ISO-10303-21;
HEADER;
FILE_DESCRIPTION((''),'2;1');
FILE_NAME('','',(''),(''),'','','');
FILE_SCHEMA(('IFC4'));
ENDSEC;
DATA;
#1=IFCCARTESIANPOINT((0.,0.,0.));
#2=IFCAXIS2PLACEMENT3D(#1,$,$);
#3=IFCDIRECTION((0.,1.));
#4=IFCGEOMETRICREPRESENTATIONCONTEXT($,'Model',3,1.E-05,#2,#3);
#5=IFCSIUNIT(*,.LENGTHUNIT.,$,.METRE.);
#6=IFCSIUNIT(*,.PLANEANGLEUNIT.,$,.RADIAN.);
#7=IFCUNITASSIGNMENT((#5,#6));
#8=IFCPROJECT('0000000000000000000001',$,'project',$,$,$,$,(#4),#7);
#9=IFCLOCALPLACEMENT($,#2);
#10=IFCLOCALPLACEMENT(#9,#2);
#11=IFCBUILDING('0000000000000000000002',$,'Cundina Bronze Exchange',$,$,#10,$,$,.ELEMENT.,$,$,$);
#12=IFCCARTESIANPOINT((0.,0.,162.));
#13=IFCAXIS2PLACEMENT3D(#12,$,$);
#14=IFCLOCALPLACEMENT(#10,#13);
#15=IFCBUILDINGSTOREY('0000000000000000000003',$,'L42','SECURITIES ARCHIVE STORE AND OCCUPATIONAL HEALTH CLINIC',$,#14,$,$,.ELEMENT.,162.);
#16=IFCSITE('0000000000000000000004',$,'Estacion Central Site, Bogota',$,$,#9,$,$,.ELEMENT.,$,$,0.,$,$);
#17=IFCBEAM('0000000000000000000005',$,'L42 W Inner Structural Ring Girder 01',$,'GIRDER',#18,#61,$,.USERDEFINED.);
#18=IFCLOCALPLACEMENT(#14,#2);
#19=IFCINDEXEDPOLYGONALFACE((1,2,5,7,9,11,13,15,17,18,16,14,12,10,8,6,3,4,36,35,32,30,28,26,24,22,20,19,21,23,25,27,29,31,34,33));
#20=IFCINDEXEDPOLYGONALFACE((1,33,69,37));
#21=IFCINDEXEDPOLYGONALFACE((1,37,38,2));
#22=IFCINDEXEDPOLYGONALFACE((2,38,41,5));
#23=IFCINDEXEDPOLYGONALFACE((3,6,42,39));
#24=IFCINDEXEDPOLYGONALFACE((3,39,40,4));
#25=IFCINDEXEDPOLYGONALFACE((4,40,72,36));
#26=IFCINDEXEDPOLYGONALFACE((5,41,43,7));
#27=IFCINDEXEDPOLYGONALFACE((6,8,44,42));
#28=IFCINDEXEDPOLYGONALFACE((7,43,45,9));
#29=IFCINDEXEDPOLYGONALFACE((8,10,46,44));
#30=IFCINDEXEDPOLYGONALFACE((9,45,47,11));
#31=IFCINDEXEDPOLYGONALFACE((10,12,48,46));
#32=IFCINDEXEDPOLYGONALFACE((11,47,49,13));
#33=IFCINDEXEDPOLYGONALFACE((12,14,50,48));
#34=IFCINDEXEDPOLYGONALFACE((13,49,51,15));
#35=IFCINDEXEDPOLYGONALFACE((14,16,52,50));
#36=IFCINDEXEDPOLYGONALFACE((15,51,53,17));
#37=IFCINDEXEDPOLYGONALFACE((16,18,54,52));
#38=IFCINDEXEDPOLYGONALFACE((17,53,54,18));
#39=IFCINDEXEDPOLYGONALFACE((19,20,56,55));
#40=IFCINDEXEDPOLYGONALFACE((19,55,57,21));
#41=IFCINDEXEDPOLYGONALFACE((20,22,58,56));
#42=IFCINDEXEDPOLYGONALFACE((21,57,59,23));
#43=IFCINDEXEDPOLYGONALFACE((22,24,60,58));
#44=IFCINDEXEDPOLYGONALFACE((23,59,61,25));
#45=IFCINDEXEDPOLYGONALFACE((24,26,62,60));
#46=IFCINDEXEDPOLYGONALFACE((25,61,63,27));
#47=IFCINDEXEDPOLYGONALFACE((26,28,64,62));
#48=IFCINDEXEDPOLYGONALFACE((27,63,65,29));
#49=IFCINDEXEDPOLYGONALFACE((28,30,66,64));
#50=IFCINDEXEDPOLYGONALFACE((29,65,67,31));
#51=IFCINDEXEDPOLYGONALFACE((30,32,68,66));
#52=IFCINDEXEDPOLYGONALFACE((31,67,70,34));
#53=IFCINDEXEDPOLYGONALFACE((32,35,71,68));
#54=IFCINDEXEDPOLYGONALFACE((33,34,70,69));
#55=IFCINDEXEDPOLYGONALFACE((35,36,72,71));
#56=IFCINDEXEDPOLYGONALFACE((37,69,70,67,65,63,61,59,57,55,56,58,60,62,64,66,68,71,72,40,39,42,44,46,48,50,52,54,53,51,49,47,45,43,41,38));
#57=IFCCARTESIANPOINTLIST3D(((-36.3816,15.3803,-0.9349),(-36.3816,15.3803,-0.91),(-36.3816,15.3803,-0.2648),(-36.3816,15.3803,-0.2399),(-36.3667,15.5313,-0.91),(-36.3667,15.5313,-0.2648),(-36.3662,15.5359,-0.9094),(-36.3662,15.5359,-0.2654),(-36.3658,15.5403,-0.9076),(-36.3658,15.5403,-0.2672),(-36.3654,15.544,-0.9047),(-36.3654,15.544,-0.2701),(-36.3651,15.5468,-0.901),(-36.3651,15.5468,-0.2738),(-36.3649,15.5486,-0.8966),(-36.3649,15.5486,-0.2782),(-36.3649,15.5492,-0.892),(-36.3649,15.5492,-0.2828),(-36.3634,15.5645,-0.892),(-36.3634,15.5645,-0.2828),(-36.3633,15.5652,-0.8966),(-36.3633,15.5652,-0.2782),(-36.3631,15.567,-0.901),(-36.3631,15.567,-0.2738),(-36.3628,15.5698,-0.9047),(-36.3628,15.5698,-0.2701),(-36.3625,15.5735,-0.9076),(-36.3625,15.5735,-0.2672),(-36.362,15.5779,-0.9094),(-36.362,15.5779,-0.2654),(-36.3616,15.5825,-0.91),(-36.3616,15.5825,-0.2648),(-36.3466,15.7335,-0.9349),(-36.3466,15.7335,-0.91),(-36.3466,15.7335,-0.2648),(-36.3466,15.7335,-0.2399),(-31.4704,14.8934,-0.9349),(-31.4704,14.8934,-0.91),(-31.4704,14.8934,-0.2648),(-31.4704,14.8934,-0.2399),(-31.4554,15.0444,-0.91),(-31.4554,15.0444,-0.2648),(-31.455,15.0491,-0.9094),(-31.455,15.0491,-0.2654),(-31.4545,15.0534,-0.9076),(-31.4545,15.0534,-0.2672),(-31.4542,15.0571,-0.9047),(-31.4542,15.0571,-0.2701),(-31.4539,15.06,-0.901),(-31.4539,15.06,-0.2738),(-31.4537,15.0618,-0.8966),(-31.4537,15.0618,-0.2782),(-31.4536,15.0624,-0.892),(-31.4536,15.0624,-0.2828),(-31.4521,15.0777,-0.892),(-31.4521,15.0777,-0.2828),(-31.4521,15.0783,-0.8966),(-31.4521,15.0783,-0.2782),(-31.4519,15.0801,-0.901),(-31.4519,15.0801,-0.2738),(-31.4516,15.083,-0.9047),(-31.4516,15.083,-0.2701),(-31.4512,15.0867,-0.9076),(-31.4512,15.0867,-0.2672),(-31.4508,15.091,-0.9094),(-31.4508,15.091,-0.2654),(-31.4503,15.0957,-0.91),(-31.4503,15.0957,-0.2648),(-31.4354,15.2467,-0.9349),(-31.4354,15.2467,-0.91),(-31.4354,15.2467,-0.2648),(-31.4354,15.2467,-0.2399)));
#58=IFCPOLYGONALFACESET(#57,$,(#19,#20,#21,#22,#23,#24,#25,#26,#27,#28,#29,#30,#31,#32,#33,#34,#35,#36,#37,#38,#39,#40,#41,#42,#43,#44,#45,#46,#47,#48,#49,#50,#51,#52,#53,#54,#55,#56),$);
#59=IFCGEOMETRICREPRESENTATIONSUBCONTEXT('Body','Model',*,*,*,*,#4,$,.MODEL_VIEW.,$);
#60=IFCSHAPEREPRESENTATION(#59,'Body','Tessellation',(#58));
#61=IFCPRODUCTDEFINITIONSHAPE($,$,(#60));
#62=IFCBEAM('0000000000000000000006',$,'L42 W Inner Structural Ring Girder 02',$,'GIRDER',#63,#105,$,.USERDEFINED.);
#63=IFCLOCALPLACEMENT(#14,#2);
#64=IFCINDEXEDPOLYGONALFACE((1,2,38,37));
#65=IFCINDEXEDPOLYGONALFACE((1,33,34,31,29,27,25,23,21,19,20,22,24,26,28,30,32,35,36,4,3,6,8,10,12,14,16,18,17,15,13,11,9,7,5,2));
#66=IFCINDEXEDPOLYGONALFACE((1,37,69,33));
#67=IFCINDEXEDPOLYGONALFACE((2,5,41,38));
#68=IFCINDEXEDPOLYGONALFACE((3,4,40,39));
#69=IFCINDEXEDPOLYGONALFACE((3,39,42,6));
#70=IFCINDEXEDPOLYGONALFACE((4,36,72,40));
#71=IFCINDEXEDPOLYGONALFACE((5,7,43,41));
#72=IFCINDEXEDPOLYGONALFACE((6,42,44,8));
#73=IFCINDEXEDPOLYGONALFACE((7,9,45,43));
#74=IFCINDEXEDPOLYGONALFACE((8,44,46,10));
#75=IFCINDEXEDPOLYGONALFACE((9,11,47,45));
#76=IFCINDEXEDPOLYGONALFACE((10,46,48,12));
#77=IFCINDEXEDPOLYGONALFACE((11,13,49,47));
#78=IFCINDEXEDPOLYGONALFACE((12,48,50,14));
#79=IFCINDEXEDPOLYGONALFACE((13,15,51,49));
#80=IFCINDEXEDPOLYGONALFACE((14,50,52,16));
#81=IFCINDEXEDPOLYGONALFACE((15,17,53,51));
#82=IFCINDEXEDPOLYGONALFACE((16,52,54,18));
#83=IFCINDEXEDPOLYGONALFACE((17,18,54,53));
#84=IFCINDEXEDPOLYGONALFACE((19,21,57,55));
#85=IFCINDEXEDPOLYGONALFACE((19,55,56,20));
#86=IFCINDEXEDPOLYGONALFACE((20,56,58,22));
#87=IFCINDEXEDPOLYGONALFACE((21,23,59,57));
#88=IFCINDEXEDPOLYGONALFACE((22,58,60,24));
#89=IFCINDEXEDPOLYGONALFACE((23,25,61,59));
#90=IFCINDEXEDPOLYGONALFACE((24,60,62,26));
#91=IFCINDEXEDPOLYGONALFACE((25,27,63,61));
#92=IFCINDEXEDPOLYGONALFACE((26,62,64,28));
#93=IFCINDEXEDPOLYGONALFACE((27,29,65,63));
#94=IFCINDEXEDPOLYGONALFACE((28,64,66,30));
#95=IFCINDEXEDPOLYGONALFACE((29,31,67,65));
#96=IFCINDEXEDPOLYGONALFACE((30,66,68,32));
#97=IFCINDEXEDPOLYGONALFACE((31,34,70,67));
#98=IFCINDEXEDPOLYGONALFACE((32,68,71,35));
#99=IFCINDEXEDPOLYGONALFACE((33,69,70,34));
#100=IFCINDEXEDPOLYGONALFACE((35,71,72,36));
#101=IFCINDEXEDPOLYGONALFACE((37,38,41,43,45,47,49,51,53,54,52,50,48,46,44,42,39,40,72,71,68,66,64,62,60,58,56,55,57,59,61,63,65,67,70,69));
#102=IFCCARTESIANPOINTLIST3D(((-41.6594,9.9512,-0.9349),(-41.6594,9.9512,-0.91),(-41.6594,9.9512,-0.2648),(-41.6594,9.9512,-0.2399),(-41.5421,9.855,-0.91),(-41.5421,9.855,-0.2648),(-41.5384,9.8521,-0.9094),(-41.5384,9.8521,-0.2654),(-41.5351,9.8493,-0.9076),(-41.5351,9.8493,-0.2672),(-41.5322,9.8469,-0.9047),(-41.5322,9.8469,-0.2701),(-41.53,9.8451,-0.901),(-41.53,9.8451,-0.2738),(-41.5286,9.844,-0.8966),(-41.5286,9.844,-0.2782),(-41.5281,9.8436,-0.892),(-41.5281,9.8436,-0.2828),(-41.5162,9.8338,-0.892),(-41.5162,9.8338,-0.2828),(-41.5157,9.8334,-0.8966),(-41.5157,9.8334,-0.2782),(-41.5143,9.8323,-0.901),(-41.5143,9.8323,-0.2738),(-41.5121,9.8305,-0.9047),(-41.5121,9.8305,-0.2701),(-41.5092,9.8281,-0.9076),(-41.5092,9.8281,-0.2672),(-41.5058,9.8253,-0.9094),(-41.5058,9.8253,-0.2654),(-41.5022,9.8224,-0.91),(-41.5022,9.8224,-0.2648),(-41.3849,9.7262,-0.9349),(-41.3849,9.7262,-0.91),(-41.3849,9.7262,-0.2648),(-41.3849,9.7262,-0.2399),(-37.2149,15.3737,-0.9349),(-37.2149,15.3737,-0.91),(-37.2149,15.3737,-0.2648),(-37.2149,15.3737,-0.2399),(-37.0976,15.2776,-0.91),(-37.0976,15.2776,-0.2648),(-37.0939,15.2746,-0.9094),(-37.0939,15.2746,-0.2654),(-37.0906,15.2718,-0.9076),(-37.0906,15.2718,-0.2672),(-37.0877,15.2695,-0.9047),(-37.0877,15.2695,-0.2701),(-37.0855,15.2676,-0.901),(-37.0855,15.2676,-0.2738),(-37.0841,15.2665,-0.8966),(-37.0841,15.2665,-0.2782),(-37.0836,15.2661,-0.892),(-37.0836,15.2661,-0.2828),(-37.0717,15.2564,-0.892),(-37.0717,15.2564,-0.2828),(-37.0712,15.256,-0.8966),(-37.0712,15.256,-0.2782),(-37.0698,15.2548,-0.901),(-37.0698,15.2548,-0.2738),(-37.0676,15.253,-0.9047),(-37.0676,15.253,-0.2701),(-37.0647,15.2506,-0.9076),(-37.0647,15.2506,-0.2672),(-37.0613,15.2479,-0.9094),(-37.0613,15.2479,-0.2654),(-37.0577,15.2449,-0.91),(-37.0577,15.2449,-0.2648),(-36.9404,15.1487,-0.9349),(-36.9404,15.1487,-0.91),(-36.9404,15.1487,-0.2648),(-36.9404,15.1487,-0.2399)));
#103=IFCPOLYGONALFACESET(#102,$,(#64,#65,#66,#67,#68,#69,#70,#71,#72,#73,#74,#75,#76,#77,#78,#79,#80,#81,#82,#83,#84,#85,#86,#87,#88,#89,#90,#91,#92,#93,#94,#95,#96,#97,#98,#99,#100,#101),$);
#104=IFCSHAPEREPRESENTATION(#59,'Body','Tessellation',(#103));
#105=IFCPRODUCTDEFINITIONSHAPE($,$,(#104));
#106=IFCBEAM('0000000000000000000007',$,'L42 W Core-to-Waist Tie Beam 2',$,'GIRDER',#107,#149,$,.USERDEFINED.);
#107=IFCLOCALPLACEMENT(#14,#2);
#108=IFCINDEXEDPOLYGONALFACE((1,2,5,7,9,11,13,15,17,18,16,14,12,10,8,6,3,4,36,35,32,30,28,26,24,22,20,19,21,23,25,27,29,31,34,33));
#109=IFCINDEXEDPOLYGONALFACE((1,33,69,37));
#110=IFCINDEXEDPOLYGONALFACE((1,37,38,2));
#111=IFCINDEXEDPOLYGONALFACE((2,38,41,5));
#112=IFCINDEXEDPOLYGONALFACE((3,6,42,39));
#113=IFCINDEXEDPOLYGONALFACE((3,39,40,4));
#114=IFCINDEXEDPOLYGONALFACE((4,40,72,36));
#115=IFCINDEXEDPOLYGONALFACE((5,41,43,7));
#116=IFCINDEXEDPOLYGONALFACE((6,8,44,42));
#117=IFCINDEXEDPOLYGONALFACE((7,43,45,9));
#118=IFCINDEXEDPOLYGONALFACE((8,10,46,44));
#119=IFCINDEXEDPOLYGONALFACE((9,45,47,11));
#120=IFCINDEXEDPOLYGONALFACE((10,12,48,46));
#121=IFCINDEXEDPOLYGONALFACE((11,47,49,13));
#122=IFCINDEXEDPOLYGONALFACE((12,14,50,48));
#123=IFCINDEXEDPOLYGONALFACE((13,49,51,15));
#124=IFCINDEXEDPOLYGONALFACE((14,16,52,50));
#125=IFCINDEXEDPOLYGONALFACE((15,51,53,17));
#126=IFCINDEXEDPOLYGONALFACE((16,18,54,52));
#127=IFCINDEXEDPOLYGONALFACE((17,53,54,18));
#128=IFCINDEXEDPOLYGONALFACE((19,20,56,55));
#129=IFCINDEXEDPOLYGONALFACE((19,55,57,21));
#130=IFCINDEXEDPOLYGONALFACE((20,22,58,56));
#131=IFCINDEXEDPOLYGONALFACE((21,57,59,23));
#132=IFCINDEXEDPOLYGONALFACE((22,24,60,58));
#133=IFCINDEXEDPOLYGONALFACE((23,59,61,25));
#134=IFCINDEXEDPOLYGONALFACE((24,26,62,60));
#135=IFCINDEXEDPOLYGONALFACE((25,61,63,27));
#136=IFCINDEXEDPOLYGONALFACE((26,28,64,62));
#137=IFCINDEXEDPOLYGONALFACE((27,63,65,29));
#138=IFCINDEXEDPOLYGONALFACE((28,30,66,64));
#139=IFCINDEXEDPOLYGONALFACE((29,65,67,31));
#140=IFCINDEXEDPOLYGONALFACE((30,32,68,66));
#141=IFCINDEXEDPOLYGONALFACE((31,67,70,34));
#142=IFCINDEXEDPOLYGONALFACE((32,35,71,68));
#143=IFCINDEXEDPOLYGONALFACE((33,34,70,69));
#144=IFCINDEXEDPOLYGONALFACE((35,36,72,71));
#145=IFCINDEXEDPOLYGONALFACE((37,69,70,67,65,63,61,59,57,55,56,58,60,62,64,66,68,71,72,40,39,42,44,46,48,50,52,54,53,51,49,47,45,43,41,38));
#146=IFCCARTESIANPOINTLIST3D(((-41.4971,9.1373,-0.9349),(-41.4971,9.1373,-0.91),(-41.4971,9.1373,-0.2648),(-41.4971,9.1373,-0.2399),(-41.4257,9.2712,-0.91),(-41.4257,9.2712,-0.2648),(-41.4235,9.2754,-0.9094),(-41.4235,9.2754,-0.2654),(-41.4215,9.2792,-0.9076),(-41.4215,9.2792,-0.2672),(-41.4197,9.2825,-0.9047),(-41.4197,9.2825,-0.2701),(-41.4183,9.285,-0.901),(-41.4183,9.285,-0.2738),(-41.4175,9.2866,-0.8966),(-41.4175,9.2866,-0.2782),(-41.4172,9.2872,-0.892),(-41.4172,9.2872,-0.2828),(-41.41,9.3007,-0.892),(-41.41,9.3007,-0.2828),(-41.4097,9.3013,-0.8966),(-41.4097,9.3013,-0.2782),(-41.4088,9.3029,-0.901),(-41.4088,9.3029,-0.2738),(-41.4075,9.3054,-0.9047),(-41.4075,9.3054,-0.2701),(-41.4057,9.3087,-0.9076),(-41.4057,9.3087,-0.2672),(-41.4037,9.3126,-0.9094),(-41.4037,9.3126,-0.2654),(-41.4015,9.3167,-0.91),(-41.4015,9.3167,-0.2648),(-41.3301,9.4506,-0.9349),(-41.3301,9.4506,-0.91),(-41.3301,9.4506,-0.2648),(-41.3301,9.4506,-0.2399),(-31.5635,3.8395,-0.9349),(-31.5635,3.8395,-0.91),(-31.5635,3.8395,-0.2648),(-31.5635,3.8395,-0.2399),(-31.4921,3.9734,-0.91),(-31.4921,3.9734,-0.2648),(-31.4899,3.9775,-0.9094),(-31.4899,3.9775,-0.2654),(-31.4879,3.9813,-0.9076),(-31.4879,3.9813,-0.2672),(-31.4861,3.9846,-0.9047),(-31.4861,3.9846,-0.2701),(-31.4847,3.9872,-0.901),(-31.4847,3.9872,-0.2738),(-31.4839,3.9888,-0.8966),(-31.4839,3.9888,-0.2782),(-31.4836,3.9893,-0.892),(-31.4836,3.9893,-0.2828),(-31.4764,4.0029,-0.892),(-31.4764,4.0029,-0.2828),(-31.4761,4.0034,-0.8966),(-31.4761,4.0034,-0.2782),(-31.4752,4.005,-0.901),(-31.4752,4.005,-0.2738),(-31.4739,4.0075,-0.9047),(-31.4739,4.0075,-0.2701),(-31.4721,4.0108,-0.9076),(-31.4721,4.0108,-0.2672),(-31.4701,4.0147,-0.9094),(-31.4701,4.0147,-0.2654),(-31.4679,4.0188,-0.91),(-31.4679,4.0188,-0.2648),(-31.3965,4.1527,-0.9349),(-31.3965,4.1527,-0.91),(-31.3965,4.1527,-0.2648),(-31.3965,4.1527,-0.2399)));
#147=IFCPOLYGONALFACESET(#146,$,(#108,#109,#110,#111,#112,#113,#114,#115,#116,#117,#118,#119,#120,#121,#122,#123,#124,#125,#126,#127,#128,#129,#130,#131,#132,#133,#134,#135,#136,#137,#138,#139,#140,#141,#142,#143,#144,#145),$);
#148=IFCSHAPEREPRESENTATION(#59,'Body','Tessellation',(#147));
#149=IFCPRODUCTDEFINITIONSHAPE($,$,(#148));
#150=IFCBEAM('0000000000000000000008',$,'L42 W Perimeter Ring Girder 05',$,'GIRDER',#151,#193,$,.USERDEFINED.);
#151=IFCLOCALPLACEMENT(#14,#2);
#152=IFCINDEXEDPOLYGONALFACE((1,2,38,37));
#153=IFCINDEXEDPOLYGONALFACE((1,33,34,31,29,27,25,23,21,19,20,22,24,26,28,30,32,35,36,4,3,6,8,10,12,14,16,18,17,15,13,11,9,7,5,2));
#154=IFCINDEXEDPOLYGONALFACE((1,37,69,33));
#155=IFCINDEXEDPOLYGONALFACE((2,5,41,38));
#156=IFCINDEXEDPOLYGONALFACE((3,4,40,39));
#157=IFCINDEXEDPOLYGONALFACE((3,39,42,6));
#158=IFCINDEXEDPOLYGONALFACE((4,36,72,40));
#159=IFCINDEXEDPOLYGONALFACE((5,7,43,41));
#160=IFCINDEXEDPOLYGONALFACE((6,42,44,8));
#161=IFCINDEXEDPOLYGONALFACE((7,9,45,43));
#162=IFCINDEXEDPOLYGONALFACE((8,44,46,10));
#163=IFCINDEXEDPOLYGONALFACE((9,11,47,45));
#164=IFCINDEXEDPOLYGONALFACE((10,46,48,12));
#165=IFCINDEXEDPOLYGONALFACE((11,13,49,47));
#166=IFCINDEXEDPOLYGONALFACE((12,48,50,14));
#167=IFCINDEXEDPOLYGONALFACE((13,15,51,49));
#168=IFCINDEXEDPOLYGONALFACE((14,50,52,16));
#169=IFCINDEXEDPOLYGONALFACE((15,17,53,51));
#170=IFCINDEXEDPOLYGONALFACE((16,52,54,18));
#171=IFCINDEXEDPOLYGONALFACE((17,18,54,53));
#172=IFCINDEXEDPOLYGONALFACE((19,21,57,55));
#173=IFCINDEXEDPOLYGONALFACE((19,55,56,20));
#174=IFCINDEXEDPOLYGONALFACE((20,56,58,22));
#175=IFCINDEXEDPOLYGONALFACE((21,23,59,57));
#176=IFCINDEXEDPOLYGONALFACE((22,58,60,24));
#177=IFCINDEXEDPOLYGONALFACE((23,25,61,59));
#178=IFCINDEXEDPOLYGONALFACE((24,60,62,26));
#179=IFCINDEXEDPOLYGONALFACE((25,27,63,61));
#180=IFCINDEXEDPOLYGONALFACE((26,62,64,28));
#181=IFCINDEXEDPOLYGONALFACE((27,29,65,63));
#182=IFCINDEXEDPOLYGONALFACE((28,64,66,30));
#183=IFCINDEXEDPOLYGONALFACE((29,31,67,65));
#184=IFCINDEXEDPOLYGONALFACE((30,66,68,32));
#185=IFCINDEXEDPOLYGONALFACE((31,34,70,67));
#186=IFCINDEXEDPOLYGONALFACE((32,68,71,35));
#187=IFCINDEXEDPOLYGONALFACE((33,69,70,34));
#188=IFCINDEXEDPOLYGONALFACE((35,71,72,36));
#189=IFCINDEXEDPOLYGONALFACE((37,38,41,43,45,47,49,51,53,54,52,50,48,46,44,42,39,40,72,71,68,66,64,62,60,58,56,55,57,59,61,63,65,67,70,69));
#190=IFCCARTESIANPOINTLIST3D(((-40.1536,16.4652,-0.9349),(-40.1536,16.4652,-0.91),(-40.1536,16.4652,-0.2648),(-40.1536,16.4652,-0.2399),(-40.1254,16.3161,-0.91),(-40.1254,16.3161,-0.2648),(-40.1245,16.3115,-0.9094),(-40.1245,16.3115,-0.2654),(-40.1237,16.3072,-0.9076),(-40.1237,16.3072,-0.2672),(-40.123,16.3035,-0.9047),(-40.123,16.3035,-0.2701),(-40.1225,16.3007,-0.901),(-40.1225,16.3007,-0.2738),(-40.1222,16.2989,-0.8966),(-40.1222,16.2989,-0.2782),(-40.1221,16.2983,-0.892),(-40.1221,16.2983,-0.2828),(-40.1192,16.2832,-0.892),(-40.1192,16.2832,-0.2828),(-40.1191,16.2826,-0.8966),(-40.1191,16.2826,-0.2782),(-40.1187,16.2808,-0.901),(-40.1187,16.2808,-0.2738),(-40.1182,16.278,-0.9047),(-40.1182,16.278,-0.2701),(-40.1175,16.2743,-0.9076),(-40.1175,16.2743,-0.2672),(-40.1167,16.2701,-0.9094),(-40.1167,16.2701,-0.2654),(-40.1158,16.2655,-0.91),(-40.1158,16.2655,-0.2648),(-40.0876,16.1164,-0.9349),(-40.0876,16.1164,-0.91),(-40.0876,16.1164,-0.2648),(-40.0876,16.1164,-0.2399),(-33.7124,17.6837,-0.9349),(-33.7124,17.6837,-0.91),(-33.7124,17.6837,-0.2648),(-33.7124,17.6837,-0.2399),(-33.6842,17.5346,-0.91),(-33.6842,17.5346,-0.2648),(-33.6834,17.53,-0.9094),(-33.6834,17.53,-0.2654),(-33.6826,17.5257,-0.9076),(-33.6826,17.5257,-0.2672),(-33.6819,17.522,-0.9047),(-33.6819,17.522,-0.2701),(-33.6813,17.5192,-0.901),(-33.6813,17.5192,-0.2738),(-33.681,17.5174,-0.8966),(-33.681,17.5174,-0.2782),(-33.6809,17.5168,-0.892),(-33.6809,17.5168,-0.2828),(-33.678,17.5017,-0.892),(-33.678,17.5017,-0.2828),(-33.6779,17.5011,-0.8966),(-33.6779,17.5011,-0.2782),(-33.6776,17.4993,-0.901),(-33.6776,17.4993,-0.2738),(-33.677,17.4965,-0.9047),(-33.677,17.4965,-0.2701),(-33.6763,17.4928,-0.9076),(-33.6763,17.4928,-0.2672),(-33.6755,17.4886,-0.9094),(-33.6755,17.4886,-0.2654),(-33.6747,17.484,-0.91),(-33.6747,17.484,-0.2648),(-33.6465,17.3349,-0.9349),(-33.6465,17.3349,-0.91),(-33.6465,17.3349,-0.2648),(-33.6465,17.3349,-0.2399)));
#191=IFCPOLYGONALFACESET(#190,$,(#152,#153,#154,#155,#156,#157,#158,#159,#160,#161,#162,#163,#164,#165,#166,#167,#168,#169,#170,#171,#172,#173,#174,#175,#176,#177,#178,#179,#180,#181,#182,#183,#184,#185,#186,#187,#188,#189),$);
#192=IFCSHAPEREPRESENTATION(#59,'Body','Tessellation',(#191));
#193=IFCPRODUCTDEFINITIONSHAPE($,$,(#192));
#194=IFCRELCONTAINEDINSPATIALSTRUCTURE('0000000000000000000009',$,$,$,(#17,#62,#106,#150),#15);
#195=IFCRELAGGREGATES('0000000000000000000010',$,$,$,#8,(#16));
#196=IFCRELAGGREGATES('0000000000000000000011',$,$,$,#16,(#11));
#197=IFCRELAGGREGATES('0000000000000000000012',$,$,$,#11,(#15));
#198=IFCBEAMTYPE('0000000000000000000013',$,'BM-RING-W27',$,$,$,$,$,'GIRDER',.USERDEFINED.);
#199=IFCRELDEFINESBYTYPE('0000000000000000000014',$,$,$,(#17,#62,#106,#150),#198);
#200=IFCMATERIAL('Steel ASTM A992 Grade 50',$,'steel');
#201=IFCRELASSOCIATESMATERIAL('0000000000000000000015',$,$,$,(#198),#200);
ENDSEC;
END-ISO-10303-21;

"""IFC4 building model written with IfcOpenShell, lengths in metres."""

from ifc_helpers import new_model, si_unit, direction, frame, origin, origin_2d, place, context, subcontext, project, spatial, i_section, extrude, material, material_profile, profile_set, type_object, element, save


model = new_model("IFC4")

# Units and contexts
model_context = context("Model", 3, precision=1e-05, world=origin(), true_north=direction((0.0, 1.0)))
body_context = subcontext(model_context, "Body", "Model", "MODEL_VIEW")
ifc_project = project(units=[si_unit("LENGTHUNIT", "METRE"), si_unit("PLANEANGLEUNIT", "RADIAN")], contexts=[model_context])

# Site, building, storey
site_placement = place(None, origin())
site = spatial("IfcSite", under=ifc_project, at=site_placement, Name="Estacion Central Site, Bogota", CompositionType="ELEMENT", RefElevation=0.0)
building_placement = place(site_placement, origin())
building = spatial("IfcBuilding", under=site, at=building_placement, Name="Cundina Bronze Exchange", CompositionType="ELEMENT")
storey_placement = place(building_placement, frame((0.0, 0.0, 162.0)))
storey = spatial("IfcBuildingStorey", under=building, at=storey_placement, Name="L42", Description="SECURITIES ARCHIVE STORE AND OCCUPATIONAL HEALTH CLINIC", CompositionType="ELEMENT", Elevation=162.0)

# Shared definitions
ifc_material_1 = material(Name="Steel ASTM A992 Grade 50", Category="steel")

# Beams
ifc_material_profile_1 = material_profile(ifc_material_1, i_section(OverallWidth=0.355, OverallDepth=0.6951, WebThickness=0.0154, FlangeThickness=0.0249, FilletRadius=0.0181, at=origin_2d()), Name="W27X146", Category="steel")
ifc_profile_set_1 = profile_set([ifc_material_profile_1], Name="Steel ASTM A992 Grade 50")
beam_type_1 = type_object("IfcBeamType", Name="BM-RING-W27", ElementType="GIRDER", PredefinedType="USERDEFINED", material=ifc_profile_set_1)
beam_1_placement = place(storey_placement, frame((-31.4529, 15.0701, -0.5874), z_axis=(-0.995123, 0.098642, 0.0), x_axis=(-0.098642, -0.995123, 0.0)))
element("IfcBeam", 1, at=beam_1_placement, inside=storey, type_object=beam_type_1, Name="L42 W Inner Structural Ring Girder 01", ObjectType="GIRDER", PredefinedType="USERDEFINED", context=body_context, shape_type="SweptSolid", body=[
    extrude(i_section(OverallWidth=0.355, OverallDepth=0.6951, WebThickness=0.0154, FlangeThickness=0.0249, FilletRadius=0.0181, at=origin_2d()), origin(), (0.0, 0.0, 1.0), 4.9353),
])
beam_2_placement = place(storey_placement, frame((-37.0776, 15.2612, -0.5874), z_axis=(-0.633913, -0.773405, 0.0), x_axis=(0.773405, -0.633913, 0.0)))
element("IfcBeam", 2, at=beam_2_placement, inside=storey, type_object=beam_type_1, Name="L42 W Inner Structural Ring Girder 02", ObjectType="GIRDER", PredefinedType="USERDEFINED", context=body_context, shape_type="SweptSolid", body=[
    extrude(i_section(OverallWidth=0.355, OverallDepth=0.6951, WebThickness=0.0154, FlangeThickness=0.0249, FilletRadius=0.0181, at=origin_2d()), origin(), (0.0, 0.0, 1.0), 7.0112),
])
beam_3_placement = place(storey_placement, frame((-31.48, 3.9961, -0.5874), z_axis=(-0.882355, 0.470584, 0.0), x_axis=(-0.470584, -0.882355, 0.0)))
element("IfcBeam", 3, at=beam_3_placement, inside=storey, type_object=beam_type_1, Name="L42 W Core-to-Waist Tie Beam 2", ObjectType="GIRDER", PredefinedType="USERDEFINED", context=body_context, shape_type="SweptSolid", body=[
    extrude(i_section(OverallWidth=0.355, OverallDepth=0.6951, WebThickness=0.0154, FlangeThickness=0.0249, FilletRadius=0.0181, at=origin_2d()), origin(), (0.0, 0.0, 1.0), 11.2581),
])
beam_4_placement = place(storey_placement, frame((-33.6794, 17.5093, -0.5874), z_axis=(-0.982573, -0.185878, 0.0), x_axis=(0.185878, -0.982573, 0.0)))
element("IfcBeam", 4, at=beam_4_placement, inside=storey, type_object=beam_type_1, Name="L42 W Perimeter Ring Girder 05", ObjectType="GIRDER", PredefinedType="USERDEFINED", context=body_context, shape_type="SweptSolid", body=[
    extrude(i_section(OverallWidth=0.355, OverallDepth=0.6951, WebThickness=0.0154, FlangeThickness=0.0249, FilletRadius=0.0181, at=origin_2d()), origin(), (0.0, 0.0, 1.0), 6.5554),
])

save(model, "model.ifc")
